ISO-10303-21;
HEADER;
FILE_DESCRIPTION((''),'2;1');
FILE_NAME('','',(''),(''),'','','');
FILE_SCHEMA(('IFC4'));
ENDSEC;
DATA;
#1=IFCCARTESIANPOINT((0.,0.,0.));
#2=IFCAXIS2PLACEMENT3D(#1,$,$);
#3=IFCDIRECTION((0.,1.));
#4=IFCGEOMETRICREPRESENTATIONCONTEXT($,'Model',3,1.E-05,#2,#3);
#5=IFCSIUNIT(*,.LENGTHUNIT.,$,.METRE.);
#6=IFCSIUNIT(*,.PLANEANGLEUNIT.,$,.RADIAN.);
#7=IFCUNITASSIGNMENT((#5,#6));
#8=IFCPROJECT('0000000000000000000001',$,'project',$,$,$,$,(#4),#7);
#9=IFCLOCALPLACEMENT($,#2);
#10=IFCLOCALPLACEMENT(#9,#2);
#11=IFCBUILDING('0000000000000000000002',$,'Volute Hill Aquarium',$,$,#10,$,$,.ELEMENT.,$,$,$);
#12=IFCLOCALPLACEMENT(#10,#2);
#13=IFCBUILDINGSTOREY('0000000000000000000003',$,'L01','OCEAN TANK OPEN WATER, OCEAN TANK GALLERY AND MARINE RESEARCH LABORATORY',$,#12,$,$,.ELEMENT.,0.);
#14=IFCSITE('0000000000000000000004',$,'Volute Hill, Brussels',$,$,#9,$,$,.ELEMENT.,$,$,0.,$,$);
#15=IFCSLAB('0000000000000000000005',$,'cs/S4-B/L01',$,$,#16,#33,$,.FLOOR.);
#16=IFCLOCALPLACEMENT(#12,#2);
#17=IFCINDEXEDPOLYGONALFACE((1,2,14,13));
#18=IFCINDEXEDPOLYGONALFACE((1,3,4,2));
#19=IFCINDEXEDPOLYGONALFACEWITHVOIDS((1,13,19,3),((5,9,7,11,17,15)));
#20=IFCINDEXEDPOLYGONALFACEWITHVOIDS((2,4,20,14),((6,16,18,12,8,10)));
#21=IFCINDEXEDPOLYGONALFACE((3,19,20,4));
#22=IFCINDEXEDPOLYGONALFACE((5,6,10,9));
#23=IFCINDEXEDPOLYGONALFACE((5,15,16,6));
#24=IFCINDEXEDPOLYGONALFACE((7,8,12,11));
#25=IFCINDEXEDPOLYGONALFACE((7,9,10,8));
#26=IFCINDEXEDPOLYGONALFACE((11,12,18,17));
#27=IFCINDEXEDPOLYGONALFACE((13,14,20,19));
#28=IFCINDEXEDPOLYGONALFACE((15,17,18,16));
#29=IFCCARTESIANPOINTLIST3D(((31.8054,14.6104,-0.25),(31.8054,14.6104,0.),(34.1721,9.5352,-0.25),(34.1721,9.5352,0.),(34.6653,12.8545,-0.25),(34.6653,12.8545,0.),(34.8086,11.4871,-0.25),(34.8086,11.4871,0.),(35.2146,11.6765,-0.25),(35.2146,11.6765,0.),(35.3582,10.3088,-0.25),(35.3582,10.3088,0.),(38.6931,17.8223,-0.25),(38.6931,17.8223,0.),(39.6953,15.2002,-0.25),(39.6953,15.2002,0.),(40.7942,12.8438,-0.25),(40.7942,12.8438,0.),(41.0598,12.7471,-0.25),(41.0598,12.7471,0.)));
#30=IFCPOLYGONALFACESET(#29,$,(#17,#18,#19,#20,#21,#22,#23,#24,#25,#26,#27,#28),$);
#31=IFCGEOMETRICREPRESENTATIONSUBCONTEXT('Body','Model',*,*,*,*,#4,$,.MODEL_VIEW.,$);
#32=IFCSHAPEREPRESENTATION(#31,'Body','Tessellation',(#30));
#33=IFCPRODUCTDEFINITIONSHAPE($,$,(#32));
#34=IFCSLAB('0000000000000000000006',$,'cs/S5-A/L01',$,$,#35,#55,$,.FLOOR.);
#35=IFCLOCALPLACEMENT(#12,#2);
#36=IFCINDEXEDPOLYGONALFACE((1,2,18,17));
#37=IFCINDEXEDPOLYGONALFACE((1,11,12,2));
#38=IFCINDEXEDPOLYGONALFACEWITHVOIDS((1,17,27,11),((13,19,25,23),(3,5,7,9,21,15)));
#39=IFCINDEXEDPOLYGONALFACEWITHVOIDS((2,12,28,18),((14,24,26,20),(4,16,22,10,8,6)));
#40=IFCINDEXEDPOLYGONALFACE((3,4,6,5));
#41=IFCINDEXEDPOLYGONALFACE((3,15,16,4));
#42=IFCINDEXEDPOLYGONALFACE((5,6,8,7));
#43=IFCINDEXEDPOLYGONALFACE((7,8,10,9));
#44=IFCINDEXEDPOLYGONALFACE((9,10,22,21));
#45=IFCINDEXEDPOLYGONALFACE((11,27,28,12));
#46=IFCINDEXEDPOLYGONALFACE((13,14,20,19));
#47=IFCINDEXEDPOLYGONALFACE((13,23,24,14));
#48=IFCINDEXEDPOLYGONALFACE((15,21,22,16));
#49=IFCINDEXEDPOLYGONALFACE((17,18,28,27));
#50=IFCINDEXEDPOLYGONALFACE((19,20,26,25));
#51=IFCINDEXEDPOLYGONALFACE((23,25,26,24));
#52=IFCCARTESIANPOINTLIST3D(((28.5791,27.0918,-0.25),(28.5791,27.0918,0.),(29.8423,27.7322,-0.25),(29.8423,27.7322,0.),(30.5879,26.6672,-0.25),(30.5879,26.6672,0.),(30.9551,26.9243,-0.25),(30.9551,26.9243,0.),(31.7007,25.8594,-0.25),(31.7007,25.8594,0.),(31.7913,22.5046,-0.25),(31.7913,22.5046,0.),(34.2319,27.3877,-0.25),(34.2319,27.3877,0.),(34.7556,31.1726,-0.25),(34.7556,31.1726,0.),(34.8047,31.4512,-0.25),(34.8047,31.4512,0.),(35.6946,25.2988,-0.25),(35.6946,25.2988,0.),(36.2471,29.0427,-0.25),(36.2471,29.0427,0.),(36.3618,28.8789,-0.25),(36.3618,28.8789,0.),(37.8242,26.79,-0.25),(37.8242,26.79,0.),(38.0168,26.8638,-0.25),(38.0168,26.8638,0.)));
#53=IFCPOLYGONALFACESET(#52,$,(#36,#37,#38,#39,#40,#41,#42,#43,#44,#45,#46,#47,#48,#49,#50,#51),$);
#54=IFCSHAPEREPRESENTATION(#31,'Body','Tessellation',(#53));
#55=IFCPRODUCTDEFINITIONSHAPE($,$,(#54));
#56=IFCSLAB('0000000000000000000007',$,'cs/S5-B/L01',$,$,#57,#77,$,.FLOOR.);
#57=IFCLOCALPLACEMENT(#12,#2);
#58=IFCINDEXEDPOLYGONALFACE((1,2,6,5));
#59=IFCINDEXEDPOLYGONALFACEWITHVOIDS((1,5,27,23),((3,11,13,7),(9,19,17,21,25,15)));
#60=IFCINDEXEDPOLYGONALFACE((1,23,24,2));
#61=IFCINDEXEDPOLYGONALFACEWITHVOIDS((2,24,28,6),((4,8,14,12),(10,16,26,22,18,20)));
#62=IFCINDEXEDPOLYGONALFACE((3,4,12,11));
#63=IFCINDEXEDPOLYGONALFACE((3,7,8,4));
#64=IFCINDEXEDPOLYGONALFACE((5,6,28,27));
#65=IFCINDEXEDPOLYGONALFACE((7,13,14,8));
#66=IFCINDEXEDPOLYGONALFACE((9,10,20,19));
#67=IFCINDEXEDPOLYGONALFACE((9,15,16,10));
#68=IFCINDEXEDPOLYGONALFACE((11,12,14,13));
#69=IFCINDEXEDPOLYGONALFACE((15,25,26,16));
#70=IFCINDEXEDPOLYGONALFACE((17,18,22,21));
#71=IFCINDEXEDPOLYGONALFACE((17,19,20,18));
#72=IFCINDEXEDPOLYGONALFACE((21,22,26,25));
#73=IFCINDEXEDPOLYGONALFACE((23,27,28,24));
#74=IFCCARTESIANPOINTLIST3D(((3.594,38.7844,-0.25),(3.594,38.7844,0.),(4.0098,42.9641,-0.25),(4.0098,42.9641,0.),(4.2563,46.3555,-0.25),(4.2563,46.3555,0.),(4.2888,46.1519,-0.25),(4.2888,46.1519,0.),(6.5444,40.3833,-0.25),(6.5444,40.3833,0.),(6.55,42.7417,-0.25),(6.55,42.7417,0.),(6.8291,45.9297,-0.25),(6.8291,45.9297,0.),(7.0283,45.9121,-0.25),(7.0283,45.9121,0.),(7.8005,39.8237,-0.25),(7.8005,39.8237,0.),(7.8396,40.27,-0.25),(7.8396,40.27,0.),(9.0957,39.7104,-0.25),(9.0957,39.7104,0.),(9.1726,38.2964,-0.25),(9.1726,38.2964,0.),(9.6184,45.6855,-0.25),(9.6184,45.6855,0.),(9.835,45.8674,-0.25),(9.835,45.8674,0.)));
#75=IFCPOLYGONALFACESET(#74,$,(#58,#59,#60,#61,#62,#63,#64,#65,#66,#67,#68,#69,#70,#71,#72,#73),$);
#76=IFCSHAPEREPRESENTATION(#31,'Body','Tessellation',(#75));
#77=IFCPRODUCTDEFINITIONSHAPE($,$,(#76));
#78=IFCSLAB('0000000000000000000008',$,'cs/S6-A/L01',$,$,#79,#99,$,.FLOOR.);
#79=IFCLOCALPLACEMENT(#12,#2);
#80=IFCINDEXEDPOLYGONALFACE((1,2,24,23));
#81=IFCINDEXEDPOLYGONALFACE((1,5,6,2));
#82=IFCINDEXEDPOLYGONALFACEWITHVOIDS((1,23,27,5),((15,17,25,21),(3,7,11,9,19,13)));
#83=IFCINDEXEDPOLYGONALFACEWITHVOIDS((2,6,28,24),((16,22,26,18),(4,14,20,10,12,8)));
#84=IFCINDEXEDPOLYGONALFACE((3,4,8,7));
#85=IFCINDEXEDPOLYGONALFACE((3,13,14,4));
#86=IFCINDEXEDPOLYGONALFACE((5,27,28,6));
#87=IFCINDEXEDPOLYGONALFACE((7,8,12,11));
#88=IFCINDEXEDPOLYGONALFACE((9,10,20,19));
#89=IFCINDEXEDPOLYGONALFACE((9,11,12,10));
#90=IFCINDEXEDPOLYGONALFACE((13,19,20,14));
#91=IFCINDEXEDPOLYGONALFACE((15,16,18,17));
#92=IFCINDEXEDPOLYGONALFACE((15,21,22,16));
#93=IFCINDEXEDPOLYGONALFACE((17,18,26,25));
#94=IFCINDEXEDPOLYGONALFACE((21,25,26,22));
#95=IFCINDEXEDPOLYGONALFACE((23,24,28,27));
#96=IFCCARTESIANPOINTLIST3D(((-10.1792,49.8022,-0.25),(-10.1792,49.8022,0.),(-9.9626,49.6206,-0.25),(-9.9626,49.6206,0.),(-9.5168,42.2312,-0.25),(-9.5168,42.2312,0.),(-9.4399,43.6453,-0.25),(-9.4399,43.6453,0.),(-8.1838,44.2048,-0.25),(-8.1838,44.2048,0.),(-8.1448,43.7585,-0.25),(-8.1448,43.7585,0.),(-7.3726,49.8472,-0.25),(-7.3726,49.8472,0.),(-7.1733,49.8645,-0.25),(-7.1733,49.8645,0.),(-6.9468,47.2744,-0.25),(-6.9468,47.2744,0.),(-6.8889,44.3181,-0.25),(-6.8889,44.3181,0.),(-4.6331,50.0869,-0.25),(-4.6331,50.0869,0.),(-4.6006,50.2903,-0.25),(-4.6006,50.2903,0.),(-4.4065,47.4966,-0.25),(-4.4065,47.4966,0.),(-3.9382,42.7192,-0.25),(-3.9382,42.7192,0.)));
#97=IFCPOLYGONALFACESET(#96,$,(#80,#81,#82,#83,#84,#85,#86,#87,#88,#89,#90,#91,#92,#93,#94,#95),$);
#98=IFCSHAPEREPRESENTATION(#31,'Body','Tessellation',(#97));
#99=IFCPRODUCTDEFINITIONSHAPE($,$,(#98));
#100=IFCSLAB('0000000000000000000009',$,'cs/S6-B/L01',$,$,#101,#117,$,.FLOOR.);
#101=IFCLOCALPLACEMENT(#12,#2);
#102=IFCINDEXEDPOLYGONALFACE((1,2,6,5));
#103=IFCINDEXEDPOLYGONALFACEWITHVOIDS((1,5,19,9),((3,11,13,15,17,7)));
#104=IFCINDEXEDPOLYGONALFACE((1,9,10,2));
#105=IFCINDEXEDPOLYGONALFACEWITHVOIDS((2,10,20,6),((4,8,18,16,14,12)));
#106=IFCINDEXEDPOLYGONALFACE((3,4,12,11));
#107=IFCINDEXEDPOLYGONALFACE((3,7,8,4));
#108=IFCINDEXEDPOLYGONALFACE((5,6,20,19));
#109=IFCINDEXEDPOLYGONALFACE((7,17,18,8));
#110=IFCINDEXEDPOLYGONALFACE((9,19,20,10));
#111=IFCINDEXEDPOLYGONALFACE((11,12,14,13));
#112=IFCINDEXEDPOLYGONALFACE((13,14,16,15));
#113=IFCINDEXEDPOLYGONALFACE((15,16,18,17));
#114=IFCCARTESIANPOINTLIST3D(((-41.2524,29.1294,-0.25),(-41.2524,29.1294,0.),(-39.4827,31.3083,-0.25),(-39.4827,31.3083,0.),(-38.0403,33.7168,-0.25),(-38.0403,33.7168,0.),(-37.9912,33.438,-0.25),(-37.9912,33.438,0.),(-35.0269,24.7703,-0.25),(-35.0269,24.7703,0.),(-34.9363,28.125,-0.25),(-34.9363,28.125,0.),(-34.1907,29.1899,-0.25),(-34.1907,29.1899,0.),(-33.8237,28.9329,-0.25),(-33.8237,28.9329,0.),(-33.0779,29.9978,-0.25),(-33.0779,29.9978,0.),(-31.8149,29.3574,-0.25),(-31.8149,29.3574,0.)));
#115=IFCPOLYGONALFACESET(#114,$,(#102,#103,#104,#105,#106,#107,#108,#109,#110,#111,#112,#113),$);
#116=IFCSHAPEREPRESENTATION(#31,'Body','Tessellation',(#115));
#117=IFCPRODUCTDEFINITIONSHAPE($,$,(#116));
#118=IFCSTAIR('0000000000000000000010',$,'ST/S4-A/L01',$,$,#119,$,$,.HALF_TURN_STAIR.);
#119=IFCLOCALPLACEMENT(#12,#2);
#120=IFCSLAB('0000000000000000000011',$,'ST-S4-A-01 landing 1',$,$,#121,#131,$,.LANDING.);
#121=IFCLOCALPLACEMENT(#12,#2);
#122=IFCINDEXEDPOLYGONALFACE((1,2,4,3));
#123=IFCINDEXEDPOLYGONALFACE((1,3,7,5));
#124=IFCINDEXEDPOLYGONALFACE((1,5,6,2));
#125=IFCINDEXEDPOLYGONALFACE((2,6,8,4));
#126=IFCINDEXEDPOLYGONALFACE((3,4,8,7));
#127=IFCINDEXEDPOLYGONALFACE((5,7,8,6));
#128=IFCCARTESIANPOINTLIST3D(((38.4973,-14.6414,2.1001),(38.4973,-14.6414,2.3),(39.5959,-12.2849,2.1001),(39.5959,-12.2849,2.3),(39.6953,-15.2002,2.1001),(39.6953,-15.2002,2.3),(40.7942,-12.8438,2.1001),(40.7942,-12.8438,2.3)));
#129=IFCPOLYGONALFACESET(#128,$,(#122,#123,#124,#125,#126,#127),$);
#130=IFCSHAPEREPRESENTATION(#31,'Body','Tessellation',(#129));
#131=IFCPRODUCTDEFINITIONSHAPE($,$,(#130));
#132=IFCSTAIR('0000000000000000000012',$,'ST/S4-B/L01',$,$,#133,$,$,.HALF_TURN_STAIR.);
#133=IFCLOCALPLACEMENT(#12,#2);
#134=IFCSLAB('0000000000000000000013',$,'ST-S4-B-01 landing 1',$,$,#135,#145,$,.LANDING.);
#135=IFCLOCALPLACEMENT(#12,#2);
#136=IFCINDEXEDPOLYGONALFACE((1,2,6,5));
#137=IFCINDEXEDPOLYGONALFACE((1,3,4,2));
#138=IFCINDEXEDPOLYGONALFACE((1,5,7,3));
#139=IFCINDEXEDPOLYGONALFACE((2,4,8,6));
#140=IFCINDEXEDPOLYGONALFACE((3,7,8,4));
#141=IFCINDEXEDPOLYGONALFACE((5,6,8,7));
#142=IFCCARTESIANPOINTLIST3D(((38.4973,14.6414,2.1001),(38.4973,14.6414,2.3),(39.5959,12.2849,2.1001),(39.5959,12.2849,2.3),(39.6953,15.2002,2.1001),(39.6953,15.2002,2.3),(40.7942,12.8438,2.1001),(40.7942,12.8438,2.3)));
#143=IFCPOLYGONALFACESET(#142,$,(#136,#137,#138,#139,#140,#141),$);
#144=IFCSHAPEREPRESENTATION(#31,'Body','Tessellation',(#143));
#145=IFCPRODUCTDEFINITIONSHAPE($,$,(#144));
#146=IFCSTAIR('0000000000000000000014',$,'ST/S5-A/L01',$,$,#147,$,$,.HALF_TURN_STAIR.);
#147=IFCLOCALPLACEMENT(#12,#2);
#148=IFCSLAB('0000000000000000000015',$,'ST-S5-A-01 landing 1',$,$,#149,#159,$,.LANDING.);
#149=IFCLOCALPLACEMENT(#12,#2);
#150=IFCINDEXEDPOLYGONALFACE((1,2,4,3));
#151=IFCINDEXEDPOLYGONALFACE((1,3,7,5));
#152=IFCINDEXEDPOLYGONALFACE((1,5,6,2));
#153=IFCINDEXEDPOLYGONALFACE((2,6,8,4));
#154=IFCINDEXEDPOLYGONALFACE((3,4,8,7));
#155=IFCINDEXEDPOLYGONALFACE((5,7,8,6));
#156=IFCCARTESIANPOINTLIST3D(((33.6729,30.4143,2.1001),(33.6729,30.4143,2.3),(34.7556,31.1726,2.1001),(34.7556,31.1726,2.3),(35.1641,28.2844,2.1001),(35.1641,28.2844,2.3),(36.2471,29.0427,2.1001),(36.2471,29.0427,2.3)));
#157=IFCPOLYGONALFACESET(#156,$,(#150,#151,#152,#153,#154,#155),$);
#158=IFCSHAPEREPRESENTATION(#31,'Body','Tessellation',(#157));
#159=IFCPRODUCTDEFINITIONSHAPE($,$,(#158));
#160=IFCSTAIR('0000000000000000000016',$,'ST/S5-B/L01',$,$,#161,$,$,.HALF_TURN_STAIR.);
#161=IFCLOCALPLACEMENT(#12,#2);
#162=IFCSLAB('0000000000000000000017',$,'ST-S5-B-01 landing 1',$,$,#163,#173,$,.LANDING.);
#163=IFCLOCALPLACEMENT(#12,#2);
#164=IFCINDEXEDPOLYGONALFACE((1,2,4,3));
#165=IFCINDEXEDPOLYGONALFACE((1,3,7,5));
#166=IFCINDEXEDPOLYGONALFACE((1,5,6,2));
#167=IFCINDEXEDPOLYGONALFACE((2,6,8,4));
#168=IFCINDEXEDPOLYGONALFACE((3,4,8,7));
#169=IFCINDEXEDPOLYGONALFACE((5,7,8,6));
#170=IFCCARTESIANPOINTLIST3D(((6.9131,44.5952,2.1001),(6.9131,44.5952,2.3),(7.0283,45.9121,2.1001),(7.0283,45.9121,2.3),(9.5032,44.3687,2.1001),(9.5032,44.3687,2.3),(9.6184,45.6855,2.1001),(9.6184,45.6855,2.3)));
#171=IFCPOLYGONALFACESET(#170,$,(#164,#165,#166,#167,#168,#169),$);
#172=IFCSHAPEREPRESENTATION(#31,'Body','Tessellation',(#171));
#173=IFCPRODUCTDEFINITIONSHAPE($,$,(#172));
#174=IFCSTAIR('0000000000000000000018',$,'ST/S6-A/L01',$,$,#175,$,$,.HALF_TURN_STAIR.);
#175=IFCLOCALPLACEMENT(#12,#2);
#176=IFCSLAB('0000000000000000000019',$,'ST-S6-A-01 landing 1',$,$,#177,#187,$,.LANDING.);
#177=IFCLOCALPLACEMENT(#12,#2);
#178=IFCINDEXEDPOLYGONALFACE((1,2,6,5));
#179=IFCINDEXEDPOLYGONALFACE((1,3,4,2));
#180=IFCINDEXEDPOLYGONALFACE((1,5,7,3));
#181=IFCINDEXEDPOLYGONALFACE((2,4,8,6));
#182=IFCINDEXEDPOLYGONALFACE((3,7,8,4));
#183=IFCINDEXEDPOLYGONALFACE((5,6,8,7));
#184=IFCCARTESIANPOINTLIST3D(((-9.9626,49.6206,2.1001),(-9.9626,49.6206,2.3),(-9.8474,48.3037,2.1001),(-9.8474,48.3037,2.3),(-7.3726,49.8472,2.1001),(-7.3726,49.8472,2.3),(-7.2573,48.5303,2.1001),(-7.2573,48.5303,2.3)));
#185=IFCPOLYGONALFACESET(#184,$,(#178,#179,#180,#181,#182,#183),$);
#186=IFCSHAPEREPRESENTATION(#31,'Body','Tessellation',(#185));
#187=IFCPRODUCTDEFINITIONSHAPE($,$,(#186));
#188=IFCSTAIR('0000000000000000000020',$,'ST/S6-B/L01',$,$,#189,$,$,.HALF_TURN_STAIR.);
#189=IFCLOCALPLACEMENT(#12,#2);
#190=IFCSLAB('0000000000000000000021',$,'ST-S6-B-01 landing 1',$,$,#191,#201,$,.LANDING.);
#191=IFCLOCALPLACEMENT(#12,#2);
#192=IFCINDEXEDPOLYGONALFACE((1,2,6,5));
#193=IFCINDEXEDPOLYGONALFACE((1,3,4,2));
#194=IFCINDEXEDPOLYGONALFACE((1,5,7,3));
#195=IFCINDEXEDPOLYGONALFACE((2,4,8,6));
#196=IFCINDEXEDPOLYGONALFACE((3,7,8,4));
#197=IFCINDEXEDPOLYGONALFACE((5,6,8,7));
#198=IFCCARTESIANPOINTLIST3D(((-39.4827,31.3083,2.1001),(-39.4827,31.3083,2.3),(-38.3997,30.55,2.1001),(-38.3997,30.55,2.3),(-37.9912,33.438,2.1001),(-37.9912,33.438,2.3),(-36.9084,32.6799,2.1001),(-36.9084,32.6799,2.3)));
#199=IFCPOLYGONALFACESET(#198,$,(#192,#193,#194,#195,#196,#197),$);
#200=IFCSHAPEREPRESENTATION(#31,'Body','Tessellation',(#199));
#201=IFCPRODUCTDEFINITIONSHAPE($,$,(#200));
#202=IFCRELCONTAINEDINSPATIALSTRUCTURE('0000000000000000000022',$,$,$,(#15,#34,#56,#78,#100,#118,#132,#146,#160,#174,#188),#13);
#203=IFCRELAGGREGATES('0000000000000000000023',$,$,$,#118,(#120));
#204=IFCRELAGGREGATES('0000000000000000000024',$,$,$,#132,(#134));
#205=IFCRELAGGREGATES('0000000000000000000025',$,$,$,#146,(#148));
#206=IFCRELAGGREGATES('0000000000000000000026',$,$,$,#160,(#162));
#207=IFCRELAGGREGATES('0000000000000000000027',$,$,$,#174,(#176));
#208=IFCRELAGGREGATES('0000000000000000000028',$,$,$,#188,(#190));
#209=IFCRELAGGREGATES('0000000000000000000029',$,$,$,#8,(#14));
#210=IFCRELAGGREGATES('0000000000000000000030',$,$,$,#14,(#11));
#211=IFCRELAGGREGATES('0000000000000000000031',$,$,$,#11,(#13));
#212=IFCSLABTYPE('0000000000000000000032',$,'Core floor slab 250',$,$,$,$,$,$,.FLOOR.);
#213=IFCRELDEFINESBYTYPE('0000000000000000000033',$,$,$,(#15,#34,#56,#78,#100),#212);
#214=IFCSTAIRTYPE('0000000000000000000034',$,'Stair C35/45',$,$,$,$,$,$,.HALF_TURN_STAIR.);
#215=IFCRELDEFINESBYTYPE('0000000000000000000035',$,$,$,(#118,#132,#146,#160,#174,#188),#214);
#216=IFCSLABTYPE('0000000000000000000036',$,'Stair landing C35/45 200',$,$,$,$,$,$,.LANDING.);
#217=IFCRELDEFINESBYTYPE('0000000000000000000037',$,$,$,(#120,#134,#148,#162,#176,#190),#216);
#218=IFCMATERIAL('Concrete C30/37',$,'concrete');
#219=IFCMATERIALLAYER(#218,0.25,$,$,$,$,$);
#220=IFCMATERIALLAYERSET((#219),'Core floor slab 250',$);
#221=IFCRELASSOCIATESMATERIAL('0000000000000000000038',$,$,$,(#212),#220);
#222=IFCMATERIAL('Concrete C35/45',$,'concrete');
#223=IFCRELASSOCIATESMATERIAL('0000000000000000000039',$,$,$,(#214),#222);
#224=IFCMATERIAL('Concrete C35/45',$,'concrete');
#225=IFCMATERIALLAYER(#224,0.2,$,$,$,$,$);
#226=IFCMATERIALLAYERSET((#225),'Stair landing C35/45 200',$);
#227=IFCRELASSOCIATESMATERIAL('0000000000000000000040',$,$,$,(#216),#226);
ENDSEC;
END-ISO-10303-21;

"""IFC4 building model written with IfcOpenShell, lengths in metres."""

from ifc_helpers import new_model, si_unit, direction, frame, origin, place, context, subcontext, project, spatial, polyline, outline, extrude, material, layer, layer_set, type_object, element, aggregate, save


model = new_model("IFC4")

# Units and contexts
model_context = context("Model", 3, precision=1e-05, world=origin(), true_north=direction((0.0, 1.0)))
body_context = subcontext(model_context, "Body", "Model", "MODEL_VIEW")
ifc_project = project(units=[si_unit("LENGTHUNIT", "METRE"), si_unit("PLANEANGLEUNIT", "RADIAN")], contexts=[model_context])

# Site, building, storey
site_placement = place(None, origin())
site = spatial("IfcSite", under=ifc_project, at=site_placement, Name="Volute Hill, Brussels", CompositionType="ELEMENT", RefElevation=0.0)
building_placement = place(site_placement, origin())
building = spatial("IfcBuilding", under=site, at=building_placement, Name="Volute Hill Aquarium", CompositionType="ELEMENT")
storey_placement = place(building_placement, origin())
storey = spatial("IfcBuildingStorey", under=building, at=storey_placement, Name="L01", Description="OCEAN TANK OPEN WATER, OCEAN TANK GALLERY AND MARINE RESEARCH LABORATORY", CompositionType="ELEMENT", Elevation=0.0)

# Slabs
ifc_material_1 = material(Name="Concrete C30/37", Category="concrete")
ifc_layer_1 = layer(ifc_material_1, 0.25)
ifc_layer_set_1 = layer_set([ifc_layer_1], Name="Core floor slab 250")
slab_type_1 = type_object("IfcSlabType", Name="Core floor slab 250", PredefinedType="FLOOR", material=ifc_layer_set_1)
slab_1_placement = place(storey_placement, frame((0.0, 0.0, -0.25)))
element("IfcSlab", 1, at=slab_1_placement, inside=storey, type_object=slab_type_1, Name="cs/S4-B/L01", PredefinedType="FLOOR", context=body_context, shape_type="SweptSolid", body=[
    extrude(outline(polyline([(34.1721, 9.5352), (41.0598, 12.7471), (38.6931, 17.8223), (31.8054, 14.6104), (34.1721, 9.5352)]), holes=[polyline([(34.6653, 12.8545), (39.6953, 15.2002), (40.7942, 12.8438), (35.3582, 10.3088), (34.8086, 11.4871), (35.2146, 11.6765), (34.6653, 12.8545)])]), origin(), (0.0, 0.0, 1.0), 0.25),
])
slab_2_placement = place(storey_placement, frame((0.0, 0.0, -0.25)))
element("IfcSlab", 2, at=slab_2_placement, inside=storey, type_object=slab_type_1, Name="cs/S5-A/L01", PredefinedType="FLOOR", context=body_context, shape_type="SweptSolid", body=[
    extrude(outline(polyline([(31.7913, 22.5046), (38.0168, 26.8638), (34.8047, 31.4512), (28.5791, 27.0918), (31.7913, 22.5046)]), holes=[polyline([(34.2319, 27.3877), (36.3618, 28.8789), (37.8242, 26.79), (35.6946, 25.2988), (34.2319, 27.3877)]), polyline([(30.9551, 26.9243), (30.5879, 26.6672), (29.8423, 27.7322), (34.7556, 31.1726), (36.2471, 29.0427), (31.7007, 25.8594), (30.9551, 26.9243)])]), origin(), (0.0, 0.0, 1.0), 0.25),
])
slab_3_placement = place(storey_placement, frame((0.0, 0.0, -0.25)))
element("IfcSlab", 3, at=slab_3_placement, inside=storey, type_object=slab_type_1, Name="cs/S5-B/L01", PredefinedType="FLOOR", context=body_context, shape_type="SweptSolid", body=[
    extrude(outline(polyline([(9.1726, 38.2964), (9.835, 45.8674), (4.2563, 46.3555), (3.594, 38.7844), (9.1726, 38.2964)]), holes=[polyline([(4.0098, 42.9641), (4.2888, 46.1519), (6.8291, 45.9297), (6.55, 42.7417), (4.0098, 42.9641)]), polyline([(6.5444, 40.3833), (7.0283, 45.9121), (9.6184, 45.6855), (9.0957, 39.7104), (7.8005, 39.8237), (7.8396, 40.27), (6.5444, 40.3833)])]), origin(), (0.0, 0.0, 1.0), 0.25),
])
slab_4_placement = place(storey_placement, frame((0.0, 0.0, -0.25)))
element("IfcSlab", 4, at=slab_4_placement, inside=storey, type_object=slab_type_1, Name="cs/S6-A/L01", PredefinedType="FLOOR", context=body_context, shape_type="SweptSolid", body=[
    extrude(outline(polyline([(-3.9382, 42.7192), (-4.6006, 50.2903), (-10.1792, 49.8022), (-9.5168, 42.2312), (-3.9382, 42.7192)]), holes=[polyline([(-6.9468, 47.2744), (-7.1733, 49.8645), (-4.6331, 50.0869), (-4.4065, 47.4966), (-6.9468, 47.2744)]), polyline([(-8.1838, 44.2048), (-8.1448, 43.7585), (-9.4399, 43.6453), (-9.9626, 49.6206), (-7.3726, 49.8472), (-6.8889, 44.3181), (-8.1838, 44.2048)])]), origin(), (0.0, 0.0, 1.0), 0.25),
])
slab_5_placement = place(storey_placement, frame((0.0, 0.0, -0.25)))
element("IfcSlab", 5, at=slab_5_placement, inside=storey, type_object=slab_type_1, Name="cs/S6-B/L01", PredefinedType="FLOOR", context=body_context, shape_type="SweptSolid", body=[
    extrude(outline(polyline([(-31.8149, 29.3574), (-38.0403, 33.7168), (-41.2524, 29.1294), (-35.0269, 24.7703), (-31.8149, 29.3574)]), holes=[polyline([(-34.9363, 28.125), (-39.4827, 31.3083), (-37.9912, 33.438), (-33.0779, 29.9978), (-33.8237, 28.9329), (-34.1907, 29.1899), (-34.9363, 28.125)])]), origin(), (0.0, 0.0, 1.0), 0.25),
])

# Stairs, slabs
ifc_material_2 = material(Name="Concrete C35/45", Category="concrete")
stair_type = type_object("IfcStairType", Name="Stair C35/45", PredefinedType="HALF_TURN_STAIR", material=ifc_material_2)
stair_1_placement = place(storey_placement, origin())
stair_1 = element("IfcStair", 6, at=stair_1_placement, inside=storey, type_object=stair_type, Name="ST/S4-A/L01", PredefinedType="HALF_TURN_STAIR")
ifc_material_3 = material(Name="Concrete C35/45", Category="concrete")
ifc_layer_2 = layer(ifc_material_3, 0.2)
ifc_layer_set_2 = layer_set([ifc_layer_2], Name="Stair landing C35/45 200")
slab_type_2 = type_object("IfcSlabType", Name="Stair landing C35/45 200", PredefinedType="LANDING", material=ifc_layer_set_2)
slab_6_placement = place(storey_placement, frame((0.0, 0.0, 2.1001)))
slab_6 = element("IfcSlab", 7, at=slab_6_placement, type_object=slab_type_2, Name="ST-S4-A-01 landing 1", PredefinedType="LANDING", context=body_context, shape_type="SweptSolid", body=[
    extrude(outline(polyline([(38.4973, -14.6414), (39.6953, -15.2002), (40.7942, -12.8438), (39.5959, -12.2849), (38.4973, -14.6414)])), origin(), (0.0, 0.0, 1.0), 0.2),
])
aggregate(stair_1, [slab_6])
stair_2_placement = place(storey_placement, origin())
stair_2 = element("IfcStair", 8, at=stair_2_placement, inside=storey, type_object=stair_type, Name="ST/S4-B/L01", PredefinedType="HALF_TURN_STAIR")
slab_7_placement = place(storey_placement, frame((0.0, 0.0, 2.1001)))
slab_7 = element("IfcSlab", 9, at=slab_7_placement, type_object=slab_type_2, Name="ST-S4-B-01 landing 1", PredefinedType="LANDING", context=body_context, shape_type="SweptSolid", body=[
    extrude(outline(polyline([(39.5959, 12.2849), (40.7942, 12.8438), (39.6953, 15.2002), (38.4973, 14.6414), (39.5959, 12.2849)])), origin(), (0.0, 0.0, 1.0), 0.2),
])
aggregate(stair_2, [slab_7])
stair_3_placement = place(storey_placement, origin())
stair_3 = element("IfcStair", 10, at=stair_3_placement, inside=storey, type_object=stair_type, Name="ST/S5-A/L01", PredefinedType="HALF_TURN_STAIR")
slab_8_placement = place(storey_placement, frame((0.0, 0.0, 2.1001)))
slab_8 = element("IfcSlab", 11, at=slab_8_placement, type_object=slab_type_2, Name="ST-S5-A-01 landing 1", PredefinedType="LANDING", context=body_context, shape_type="SweptSolid", body=[
    extrude(outline(polyline([(35.1641, 28.2844), (36.2471, 29.0427), (34.7556, 31.1726), (33.6729, 30.4143), (35.1641, 28.2844)])), origin(), (0.0, 0.0, 1.0), 0.2),
])
aggregate(stair_3, [slab_8])
stair_4_placement = place(storey_placement, origin())
stair_4 = element("IfcStair", 12, at=stair_4_placement, inside=storey, type_object=stair_type, Name="ST/S5-B/L01", PredefinedType="HALF_TURN_STAIR")
slab_9_placement = place(storey_placement, frame((0.0, 0.0, 2.1001)))
slab_9 = element("IfcSlab", 13, at=slab_9_placement, type_object=slab_type_2, Name="ST-S5-B-01 landing 1", PredefinedType="LANDING", context=body_context, shape_type="SweptSolid", body=[
    extrude(outline(polyline([(9.5032, 44.3687), (9.6184, 45.6855), (7.0283, 45.9121), (6.9131, 44.5952), (9.5032, 44.3687)])), origin(), (0.0, 0.0, 1.0), 0.2),
])
aggregate(stair_4, [slab_9])
stair_5_placement = place(storey_placement, origin())
stair_5 = element("IfcStair", 14, at=stair_5_placement, inside=storey, type_object=stair_type, Name="ST/S6-A/L01", PredefinedType="HALF_TURN_STAIR")
slab_10_placement = place(storey_placement, frame((0.0, 0.0, 2.1001)))
slab_10 = element("IfcSlab", 15, at=slab_10_placement, type_object=slab_type_2, Name="ST-S6-A-01 landing 1", PredefinedType="LANDING", context=body_context, shape_type="SweptSolid", body=[
    extrude(outline(polyline([(-7.2573, 48.5303), (-7.3726, 49.8472), (-9.9626, 49.6206), (-9.8474, 48.3037), (-7.2573, 48.5303)])), origin(), (0.0, 0.0, 1.0), 0.2),
])
aggregate(stair_5, [slab_10])
stair_6_placement = place(storey_placement, origin())
stair_6 = element("IfcStair", 16, at=stair_6_placement, inside=storey, type_object=stair_type, Name="ST/S6-B/L01", PredefinedType="HALF_TURN_STAIR")
slab_11_placement = place(storey_placement, frame((0.0, 0.0, 2.1001)))
slab_11 = element("IfcSlab", 17, at=slab_11_placement, type_object=slab_type_2, Name="ST-S6-B-01 landing 1", PredefinedType="LANDING", context=body_context, shape_type="SweptSolid", body=[
    extrude(outline(polyline([(-36.9084, 32.6799), (-37.9912, 33.438), (-39.4827, 31.3083), (-38.3997, 30.55), (-36.9084, 32.6799)])), origin(), (0.0, 0.0, 1.0), 0.2),
])
aggregate(stair_6, [slab_11])

save(model, "model.ifc")
